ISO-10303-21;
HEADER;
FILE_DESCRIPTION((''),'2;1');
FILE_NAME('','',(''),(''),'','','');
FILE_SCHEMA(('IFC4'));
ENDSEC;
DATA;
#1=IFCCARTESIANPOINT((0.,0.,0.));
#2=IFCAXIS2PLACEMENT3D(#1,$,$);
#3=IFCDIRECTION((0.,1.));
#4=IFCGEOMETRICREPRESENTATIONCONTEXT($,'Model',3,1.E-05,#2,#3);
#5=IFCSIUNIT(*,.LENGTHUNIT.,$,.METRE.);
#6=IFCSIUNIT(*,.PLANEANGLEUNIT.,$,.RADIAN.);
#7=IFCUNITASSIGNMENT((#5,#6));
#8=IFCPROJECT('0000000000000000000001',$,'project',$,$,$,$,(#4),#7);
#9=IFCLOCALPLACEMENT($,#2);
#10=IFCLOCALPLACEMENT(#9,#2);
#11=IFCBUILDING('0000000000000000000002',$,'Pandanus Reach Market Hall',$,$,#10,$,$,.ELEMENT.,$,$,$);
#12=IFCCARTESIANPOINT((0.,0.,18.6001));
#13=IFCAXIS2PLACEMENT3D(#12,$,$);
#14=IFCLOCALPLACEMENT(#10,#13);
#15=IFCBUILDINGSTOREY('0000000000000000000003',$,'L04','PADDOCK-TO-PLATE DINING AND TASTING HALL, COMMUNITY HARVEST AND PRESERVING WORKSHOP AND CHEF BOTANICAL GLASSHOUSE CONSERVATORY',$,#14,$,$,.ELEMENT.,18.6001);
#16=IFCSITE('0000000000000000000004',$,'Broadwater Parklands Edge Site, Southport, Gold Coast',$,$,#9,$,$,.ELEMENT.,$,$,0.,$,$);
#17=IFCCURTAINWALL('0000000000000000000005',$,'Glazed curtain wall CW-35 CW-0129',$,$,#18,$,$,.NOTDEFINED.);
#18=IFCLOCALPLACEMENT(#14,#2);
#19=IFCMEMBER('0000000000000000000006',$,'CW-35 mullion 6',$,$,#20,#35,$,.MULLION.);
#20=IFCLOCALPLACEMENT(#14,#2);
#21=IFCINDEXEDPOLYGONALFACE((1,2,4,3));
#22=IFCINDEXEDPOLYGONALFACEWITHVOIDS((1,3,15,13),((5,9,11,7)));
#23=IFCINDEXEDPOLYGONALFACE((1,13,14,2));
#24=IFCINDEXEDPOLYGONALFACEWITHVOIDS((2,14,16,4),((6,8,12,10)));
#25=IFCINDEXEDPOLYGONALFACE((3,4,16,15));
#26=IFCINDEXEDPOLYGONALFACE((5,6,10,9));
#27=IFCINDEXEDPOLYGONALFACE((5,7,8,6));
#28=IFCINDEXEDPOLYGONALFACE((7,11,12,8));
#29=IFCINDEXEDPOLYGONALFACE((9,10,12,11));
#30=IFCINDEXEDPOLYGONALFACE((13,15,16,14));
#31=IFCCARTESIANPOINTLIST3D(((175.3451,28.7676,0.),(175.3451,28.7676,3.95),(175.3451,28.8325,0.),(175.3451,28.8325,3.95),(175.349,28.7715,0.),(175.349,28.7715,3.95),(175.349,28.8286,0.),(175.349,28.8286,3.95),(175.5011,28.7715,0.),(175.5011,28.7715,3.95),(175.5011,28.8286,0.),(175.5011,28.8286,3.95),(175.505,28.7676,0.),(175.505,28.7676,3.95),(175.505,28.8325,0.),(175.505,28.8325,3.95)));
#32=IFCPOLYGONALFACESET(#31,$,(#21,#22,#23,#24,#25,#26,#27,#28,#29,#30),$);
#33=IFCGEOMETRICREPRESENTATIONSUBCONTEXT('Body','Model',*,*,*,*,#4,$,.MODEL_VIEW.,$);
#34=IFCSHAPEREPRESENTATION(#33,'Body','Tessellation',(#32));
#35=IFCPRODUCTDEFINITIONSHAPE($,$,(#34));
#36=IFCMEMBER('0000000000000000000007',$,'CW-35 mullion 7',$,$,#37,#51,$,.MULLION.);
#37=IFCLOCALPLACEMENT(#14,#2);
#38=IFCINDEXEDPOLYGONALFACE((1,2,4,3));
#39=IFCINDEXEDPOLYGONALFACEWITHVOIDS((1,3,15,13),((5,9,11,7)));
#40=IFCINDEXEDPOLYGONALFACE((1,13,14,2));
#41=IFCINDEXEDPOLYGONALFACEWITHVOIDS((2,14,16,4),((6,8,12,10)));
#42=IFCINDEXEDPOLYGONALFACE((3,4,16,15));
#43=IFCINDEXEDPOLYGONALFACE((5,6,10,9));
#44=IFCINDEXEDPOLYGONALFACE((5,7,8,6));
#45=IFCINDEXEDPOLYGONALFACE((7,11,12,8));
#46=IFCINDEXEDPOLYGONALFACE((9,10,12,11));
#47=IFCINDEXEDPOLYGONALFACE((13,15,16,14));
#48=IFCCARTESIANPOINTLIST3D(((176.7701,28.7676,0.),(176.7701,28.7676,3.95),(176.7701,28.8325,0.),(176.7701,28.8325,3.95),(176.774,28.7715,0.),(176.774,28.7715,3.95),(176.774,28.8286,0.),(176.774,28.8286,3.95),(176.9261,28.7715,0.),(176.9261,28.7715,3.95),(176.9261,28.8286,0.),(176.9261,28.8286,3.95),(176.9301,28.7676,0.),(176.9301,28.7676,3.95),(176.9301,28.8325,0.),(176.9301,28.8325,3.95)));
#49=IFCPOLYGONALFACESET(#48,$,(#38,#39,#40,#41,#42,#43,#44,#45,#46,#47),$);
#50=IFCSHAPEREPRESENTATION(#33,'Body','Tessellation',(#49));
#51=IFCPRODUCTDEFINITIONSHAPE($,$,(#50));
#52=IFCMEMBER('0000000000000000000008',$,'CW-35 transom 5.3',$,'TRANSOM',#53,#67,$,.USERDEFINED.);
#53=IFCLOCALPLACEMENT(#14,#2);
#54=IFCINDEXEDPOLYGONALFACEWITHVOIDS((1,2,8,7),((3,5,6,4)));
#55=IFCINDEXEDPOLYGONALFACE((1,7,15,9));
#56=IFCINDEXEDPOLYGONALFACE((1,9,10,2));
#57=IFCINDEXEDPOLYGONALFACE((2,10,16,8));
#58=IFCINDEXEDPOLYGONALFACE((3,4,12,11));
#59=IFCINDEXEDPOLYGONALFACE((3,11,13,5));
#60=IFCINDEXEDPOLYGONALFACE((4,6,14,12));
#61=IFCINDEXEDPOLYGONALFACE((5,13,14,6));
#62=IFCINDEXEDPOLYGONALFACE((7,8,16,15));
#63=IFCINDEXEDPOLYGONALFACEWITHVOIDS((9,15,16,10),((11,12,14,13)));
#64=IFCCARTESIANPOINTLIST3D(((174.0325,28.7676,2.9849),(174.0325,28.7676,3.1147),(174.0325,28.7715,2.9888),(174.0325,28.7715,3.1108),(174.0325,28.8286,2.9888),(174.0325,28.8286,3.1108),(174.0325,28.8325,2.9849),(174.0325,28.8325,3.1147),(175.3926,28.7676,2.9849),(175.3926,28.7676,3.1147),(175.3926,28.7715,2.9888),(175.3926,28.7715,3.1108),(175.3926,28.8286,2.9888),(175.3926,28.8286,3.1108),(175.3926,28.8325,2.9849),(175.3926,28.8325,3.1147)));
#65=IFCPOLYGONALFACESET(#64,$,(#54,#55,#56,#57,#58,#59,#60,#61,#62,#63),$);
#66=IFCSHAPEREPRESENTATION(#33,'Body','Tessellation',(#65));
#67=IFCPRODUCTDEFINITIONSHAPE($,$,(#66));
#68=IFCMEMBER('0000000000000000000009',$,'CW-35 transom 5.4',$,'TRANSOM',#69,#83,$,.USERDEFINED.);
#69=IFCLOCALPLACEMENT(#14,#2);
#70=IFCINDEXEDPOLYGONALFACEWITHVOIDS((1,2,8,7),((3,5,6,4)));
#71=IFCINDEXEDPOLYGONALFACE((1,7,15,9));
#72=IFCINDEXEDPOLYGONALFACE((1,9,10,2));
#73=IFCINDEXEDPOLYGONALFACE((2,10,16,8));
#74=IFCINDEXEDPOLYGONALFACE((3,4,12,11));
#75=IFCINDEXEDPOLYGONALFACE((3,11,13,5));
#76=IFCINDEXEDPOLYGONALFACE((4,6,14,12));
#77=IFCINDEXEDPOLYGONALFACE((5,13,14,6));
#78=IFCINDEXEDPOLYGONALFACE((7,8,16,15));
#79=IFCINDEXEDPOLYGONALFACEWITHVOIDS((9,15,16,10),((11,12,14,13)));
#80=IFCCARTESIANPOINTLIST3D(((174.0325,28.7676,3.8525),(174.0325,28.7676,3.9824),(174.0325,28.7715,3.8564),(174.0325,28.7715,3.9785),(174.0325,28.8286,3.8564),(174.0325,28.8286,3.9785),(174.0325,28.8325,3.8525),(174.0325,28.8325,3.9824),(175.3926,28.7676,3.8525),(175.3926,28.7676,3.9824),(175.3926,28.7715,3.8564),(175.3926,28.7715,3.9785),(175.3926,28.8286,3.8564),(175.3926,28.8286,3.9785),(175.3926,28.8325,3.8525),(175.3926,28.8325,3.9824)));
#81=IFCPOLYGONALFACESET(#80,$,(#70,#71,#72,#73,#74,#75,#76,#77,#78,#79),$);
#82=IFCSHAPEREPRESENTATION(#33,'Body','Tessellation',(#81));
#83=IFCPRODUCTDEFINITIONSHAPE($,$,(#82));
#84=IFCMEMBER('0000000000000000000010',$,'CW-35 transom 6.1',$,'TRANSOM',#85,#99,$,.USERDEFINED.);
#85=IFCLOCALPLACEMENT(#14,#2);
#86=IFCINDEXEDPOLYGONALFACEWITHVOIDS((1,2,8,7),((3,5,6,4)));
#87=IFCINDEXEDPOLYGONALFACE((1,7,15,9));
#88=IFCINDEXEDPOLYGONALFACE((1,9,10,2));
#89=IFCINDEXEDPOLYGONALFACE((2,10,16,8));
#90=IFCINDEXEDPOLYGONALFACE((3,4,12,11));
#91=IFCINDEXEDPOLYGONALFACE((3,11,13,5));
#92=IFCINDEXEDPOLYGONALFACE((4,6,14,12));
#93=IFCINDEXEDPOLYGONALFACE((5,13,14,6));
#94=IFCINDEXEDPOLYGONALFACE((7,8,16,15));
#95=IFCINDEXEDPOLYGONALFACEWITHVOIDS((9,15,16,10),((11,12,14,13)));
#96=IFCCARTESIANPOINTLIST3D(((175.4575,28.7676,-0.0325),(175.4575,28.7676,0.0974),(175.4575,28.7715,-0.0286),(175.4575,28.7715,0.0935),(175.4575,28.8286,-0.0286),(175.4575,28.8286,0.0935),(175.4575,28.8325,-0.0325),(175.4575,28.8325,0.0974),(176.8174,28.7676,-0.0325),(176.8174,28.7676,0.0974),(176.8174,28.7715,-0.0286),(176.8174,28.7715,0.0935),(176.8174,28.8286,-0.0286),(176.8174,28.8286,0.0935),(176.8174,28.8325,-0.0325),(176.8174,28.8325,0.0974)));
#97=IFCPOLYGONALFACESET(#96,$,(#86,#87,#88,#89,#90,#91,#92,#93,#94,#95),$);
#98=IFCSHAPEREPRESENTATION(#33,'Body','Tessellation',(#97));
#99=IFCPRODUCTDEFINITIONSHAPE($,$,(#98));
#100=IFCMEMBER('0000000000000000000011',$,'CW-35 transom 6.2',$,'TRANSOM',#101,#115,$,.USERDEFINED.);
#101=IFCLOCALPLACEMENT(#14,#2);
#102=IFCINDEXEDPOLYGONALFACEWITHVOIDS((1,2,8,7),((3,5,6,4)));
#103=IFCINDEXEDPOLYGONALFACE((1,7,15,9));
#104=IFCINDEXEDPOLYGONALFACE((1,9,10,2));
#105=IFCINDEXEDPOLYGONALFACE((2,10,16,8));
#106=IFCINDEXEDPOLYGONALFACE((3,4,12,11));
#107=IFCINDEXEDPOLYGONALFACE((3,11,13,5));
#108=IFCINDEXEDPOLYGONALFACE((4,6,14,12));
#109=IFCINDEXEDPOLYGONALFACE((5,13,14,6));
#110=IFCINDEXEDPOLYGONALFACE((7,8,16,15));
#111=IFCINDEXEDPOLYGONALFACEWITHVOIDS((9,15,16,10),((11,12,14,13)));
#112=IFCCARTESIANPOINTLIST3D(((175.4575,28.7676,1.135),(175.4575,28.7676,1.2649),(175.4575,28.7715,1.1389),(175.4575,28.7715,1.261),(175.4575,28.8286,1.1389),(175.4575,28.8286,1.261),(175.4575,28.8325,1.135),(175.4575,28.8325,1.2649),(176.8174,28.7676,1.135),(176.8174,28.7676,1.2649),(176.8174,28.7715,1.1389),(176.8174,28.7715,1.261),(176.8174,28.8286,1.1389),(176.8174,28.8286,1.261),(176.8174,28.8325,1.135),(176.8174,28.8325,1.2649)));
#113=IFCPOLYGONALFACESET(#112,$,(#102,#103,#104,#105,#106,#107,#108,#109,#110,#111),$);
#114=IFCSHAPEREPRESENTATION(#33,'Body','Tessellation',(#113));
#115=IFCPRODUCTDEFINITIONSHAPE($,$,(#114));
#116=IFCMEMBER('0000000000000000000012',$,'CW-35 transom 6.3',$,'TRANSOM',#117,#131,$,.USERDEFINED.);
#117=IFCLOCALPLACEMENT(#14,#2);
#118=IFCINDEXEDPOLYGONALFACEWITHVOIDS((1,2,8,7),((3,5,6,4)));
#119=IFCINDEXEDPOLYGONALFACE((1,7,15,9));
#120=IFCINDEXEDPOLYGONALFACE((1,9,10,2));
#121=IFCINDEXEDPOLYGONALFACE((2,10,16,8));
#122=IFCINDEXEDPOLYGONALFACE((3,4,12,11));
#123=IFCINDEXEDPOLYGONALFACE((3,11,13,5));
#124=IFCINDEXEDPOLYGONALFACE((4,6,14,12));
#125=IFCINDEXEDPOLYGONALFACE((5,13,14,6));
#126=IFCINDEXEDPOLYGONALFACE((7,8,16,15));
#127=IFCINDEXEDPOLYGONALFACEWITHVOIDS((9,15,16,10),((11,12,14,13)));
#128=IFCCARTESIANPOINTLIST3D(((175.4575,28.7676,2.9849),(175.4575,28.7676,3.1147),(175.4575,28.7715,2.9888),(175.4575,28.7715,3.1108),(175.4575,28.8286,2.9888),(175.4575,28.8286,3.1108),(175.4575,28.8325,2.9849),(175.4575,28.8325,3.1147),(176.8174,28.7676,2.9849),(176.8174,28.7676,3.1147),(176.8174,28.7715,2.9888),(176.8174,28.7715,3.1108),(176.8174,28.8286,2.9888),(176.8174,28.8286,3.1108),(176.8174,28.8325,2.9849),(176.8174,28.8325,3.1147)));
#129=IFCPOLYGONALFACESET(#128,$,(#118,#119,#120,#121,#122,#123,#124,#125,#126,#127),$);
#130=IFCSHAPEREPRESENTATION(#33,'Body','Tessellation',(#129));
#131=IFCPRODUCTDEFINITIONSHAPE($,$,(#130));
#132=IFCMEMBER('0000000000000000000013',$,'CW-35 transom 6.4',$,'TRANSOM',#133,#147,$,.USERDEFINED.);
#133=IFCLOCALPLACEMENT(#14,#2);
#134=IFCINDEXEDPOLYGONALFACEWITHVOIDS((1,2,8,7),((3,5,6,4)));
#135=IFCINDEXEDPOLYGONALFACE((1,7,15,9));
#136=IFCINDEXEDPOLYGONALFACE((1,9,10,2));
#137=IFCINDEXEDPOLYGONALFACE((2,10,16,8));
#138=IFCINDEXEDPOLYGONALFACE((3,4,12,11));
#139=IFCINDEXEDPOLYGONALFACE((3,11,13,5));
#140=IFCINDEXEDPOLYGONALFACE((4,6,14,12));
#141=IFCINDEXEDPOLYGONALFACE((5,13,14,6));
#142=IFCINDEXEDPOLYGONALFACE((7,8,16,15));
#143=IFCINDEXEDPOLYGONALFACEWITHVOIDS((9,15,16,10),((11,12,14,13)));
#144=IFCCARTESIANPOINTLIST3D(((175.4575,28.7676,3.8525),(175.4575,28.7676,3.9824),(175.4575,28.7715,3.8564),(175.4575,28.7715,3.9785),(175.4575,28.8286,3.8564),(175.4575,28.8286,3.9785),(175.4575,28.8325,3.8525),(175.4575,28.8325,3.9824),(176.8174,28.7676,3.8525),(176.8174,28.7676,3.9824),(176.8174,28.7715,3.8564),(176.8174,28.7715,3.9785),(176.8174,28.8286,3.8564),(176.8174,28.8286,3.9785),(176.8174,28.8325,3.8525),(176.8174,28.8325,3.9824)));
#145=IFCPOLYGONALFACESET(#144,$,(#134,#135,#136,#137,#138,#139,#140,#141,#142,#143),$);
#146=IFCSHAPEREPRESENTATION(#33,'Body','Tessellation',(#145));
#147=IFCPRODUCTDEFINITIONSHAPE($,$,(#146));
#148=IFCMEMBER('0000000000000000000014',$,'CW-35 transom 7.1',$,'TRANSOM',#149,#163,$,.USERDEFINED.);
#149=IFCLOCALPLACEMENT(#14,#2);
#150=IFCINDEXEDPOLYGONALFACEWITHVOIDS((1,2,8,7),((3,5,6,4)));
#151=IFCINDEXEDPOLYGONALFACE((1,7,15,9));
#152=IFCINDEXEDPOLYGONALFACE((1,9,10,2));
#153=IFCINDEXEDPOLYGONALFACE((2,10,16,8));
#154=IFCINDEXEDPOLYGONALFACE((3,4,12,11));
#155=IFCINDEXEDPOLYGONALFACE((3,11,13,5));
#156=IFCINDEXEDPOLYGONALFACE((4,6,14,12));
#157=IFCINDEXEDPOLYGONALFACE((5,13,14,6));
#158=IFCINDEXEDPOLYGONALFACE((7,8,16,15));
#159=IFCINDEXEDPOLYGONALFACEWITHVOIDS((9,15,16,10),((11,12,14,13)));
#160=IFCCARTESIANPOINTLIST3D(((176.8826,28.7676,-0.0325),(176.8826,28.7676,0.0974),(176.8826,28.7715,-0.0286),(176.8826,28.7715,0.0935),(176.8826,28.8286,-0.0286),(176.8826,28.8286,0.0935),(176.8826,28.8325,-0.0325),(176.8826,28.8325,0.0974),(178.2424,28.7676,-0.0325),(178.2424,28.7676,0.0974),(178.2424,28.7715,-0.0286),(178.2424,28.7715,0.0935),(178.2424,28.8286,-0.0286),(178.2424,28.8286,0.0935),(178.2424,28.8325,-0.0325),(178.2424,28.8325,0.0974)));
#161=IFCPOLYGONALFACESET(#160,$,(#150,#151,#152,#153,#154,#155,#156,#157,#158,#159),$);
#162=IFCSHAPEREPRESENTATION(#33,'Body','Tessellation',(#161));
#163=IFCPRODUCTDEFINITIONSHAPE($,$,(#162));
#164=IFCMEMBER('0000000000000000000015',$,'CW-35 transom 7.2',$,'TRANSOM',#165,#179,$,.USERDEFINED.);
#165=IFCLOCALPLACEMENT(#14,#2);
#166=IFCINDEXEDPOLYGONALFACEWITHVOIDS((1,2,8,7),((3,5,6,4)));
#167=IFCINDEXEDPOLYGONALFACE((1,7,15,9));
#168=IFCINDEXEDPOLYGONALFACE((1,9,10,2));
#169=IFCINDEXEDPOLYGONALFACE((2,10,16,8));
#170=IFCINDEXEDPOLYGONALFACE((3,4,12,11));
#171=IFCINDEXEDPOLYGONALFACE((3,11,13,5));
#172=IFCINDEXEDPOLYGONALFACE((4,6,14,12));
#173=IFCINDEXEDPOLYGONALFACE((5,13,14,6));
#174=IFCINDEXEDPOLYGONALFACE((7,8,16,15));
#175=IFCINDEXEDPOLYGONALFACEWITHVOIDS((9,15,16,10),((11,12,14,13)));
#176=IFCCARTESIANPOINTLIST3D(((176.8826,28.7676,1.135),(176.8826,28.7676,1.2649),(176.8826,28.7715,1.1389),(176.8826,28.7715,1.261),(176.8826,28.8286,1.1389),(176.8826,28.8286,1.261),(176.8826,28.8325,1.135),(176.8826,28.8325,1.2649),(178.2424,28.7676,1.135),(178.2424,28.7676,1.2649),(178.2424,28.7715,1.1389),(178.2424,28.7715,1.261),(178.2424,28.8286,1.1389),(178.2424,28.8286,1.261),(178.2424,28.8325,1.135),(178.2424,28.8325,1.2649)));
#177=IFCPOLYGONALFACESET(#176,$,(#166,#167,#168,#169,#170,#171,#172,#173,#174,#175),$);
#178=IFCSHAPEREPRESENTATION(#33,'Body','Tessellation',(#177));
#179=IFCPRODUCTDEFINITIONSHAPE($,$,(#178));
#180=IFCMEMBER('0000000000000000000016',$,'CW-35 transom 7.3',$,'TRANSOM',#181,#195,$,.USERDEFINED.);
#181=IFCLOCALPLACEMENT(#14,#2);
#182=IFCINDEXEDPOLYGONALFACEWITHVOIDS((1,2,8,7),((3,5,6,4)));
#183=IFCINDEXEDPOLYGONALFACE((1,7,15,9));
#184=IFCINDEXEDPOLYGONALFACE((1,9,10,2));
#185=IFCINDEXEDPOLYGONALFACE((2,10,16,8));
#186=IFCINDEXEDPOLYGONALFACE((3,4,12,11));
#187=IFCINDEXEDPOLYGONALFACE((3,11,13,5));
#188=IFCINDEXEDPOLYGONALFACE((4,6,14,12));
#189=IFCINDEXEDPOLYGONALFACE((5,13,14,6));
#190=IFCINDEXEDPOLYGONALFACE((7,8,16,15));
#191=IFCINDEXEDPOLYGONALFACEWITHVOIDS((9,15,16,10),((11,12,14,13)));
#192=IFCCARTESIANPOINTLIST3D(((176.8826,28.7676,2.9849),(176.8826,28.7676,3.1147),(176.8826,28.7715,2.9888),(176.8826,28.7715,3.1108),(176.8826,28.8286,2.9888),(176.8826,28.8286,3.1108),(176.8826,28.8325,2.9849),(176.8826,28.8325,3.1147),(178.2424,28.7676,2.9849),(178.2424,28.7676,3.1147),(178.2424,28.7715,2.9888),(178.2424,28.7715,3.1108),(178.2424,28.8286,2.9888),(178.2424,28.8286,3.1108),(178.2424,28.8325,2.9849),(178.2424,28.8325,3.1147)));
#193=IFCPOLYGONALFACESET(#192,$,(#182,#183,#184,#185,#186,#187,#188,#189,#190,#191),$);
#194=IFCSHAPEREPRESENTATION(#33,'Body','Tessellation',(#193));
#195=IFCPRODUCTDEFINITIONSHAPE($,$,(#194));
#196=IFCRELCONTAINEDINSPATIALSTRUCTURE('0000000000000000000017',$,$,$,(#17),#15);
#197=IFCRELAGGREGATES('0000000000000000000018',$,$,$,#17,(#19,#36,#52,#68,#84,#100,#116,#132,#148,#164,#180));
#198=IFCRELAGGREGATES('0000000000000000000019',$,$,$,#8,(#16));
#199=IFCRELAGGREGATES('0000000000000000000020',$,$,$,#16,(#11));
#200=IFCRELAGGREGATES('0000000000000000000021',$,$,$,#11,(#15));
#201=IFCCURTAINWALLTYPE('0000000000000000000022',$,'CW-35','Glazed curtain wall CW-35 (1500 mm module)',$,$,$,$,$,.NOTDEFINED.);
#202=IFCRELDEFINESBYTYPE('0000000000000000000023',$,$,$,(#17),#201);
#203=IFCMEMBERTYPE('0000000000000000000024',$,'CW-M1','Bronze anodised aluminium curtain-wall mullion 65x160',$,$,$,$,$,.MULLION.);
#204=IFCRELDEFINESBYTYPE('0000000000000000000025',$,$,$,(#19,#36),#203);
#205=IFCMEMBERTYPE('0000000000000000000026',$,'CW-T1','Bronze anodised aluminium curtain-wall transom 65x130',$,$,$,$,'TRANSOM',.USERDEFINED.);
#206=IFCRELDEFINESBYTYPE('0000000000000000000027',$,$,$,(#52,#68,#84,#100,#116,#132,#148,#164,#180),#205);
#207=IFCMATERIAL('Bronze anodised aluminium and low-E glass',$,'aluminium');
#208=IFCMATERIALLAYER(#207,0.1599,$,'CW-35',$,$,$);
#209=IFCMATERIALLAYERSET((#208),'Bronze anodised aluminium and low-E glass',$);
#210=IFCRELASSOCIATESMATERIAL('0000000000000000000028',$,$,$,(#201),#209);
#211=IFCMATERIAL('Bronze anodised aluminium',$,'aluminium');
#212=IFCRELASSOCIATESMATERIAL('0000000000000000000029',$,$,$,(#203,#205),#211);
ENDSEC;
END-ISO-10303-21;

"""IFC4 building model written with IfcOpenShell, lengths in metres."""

from ifc_helpers import new_model, si_unit, direction, frame, origin, origin_2d, place, context, subcontext, project, spatial, hollow_rectangle, extrude, material, layer, layer_set, material_profile, profile_set, type_object, element, aggregate, save


model = new_model("IFC4")

# Units and contexts
model_context = context("Model", 3, precision=1e-05, world=origin(), true_north=direction((0.0, 1.0)))
body_context = subcontext(model_context, "Body", "Model", "MODEL_VIEW")
ifc_project = project(units=[si_unit("LENGTHUNIT", "METRE"), si_unit("PLANEANGLEUNIT", "RADIAN")], contexts=[model_context])

# Site, building, storey
site_placement = place(None, origin())
site = spatial("IfcSite", under=ifc_project, at=site_placement, Name="Broadwater Parklands Edge Site, Southport, Gold Coast", CompositionType="ELEMENT", RefElevation=0.0)
building_placement = place(site_placement, origin())
building = spatial("IfcBuilding", under=site, at=building_placement, Name="Pandanus Reach Market Hall", CompositionType="ELEMENT")
storey_placement = place(building_placement, frame((0.0, 0.0, 18.6001)))
storey = spatial("IfcBuildingStorey", under=building, at=storey_placement, Name="L04", Description="PADDOCK-TO-PLATE DINING AND TASTING HALL, COMMUNITY HARVEST AND PRESERVING WORKSHOP AND CHEF BOTANICAL GLASSHOUSE CONSERVATORY", CompositionType="ELEMENT", Elevation=18.6001)

# Curtain wall, members
ifc_material_1 = material(Name="Bronze anodised aluminium and low-E glass", Category="aluminium")
ifc_layer_1 = layer(ifc_material_1, 0.1599, Name="CW-35")
ifc_layer_set_1 = layer_set([ifc_layer_1], Name="Bronze anodised aluminium and low-E glass")
curtain_wall_type = type_object("IfcCurtainWallType", Name="CW-35", Description="Glazed curtain wall CW-35 (1500 mm module)", PredefinedType="NOTDEFINED", material=ifc_layer_set_1)
curtain_wall_placement = place(storey_placement, origin())
curtain_wall = element("IfcCurtainWall", 1, at=curtain_wall_placement, inside=storey, type_object=curtain_wall_type, Name="Glazed curtain wall CW-35 CW-0129", PredefinedType="NOTDEFINED")
ifc_material_2 = material(Name="Bronze anodised aluminium", Category="aluminium")
ifc_material_profile_1 = material_profile(ifc_material_2, hollow_rectangle(XDim=0.0649, YDim=0.1599, WallThickness=0.0039, at=origin_2d()), Name="ALU65x160", Category="LoadBearing")
ifc_profile_set_1 = profile_set([ifc_material_profile_1], Name="Bronze anodised aluminium")
member_type_1 = type_object("IfcMemberType", Name="CW-M1", Description="Bronze anodised aluminium curtain-wall mullion 65x160", PredefinedType="MULLION", material=ifc_profile_set_1)
member_1_placement = place(storey_placement, frame((175.425, 28.8, 0.0), z_axis=(0.0, 0.0, 1.0), x_axis=(0.0, 1.0, 0.0)))
member_1 = element("IfcMember", 2, at=member_1_placement, type_object=member_type_1, Name="CW-35 mullion 6", PredefinedType="MULLION", context=body_context, shape_type="SweptSolid", body=[
    extrude(hollow_rectangle(XDim=0.0649, YDim=0.1599, WallThickness=0.0039, at=origin_2d()), origin(), (0.0, 0.0, 1.0), 3.95),
])
member_2_placement = place(storey_placement, frame((176.8501, 28.8, 0.0), z_axis=(0.0, 0.0, 1.0), x_axis=(0.0, 1.0, 0.0)))
member_2 = element("IfcMember", 3, at=member_2_placement, type_object=member_type_1, Name="CW-35 mullion 7", PredefinedType="MULLION", context=body_context, shape_type="SweptSolid", body=[
    extrude(hollow_rectangle(XDim=0.0649, YDim=0.1599, WallThickness=0.0039, at=origin_2d()), origin(), (0.0, 0.0, 1.0), 3.95),
])
ifc_material_profile_2 = material_profile(ifc_material_2, hollow_rectangle(XDim=0.0649, YDim=0.1299, WallThickness=0.0039, at=origin_2d()), Name="ALU65x130", Category="LoadBearing")
ifc_profile_set_2 = profile_set([ifc_material_profile_2], Name="Bronze anodised aluminium")
member_type_2 = type_object("IfcMemberType", Name="CW-T1", Description="Bronze anodised aluminium curtain-wall transom 65x130", ElementType="TRANSOM", PredefinedType="USERDEFINED", material=ifc_profile_set_2)
member_3_placement = place(storey_placement, frame((174.0325, 28.8, 3.0498), z_axis=(1.0, 0.0, 0.0), x_axis=(0.0, 1.0, 0.0)))
member_3 = element("IfcMember", 4, at=member_3_placement, type_object=member_type_2, Name="CW-35 transom 5.3", ObjectType="TRANSOM", PredefinedType="USERDEFINED", context=body_context, shape_type="SweptSolid", body=[
    extrude(hollow_rectangle(XDim=0.0649, YDim=0.1299, WallThickness=0.0039, at=origin_2d()), origin(), (0.0, 0.0, 1.0), 1.3601),
])
member_4_placement = place(storey_placement, frame((174.0325, 28.8, 3.9175), z_axis=(1.0, 0.0, 0.0), x_axis=(0.0, 1.0, 0.0)))
member_4 = element("IfcMember", 5, at=member_4_placement, type_object=member_type_2, Name="CW-35 transom 5.4", ObjectType="TRANSOM", PredefinedType="USERDEFINED", context=body_context, shape_type="SweptSolid", body=[
    extrude(hollow_rectangle(XDim=0.0649, YDim=0.1299, WallThickness=0.0039, at=origin_2d()), origin(), (0.0, 0.0, 1.0), 1.3601),
])
member_5_placement = place(storey_placement, frame((175.4575, 28.8, 0.0325), z_axis=(1.0, 0.0, 0.0), x_axis=(0.0, 1.0, 0.0)))
member_5 = element("IfcMember", 6, at=member_5_placement, type_object=member_type_2, Name="CW-35 transom 6.1", ObjectType="TRANSOM", PredefinedType="USERDEFINED", context=body_context, shape_type="SweptSolid", body=[
    extrude(hollow_rectangle(XDim=0.0649, YDim=0.1299, WallThickness=0.0039, at=origin_2d()), origin(), (0.0, 0.0, 1.0), 1.3599),
])
member_6_placement = place(storey_placement, frame((175.4575, 28.8, 1.2), z_axis=(1.0, 0.0, 0.0), x_axis=(0.0, 1.0, 0.0)))
member_6 = element("IfcMember", 7, at=member_6_placement, type_object=member_type_2, Name="CW-35 transom 6.2", ObjectType="TRANSOM", PredefinedType="USERDEFINED", context=body_context, shape_type="SweptSolid", body=[
    extrude(hollow_rectangle(XDim=0.0649, YDim=0.1299, WallThickness=0.0039, at=origin_2d()), origin(), (0.0, 0.0, 1.0), 1.3599),
])
member_7_placement = place(storey_placement, frame((175.4575, 28.8, 3.0498), z_axis=(1.0, 0.0, 0.0), x_axis=(0.0, 1.0, 0.0)))
member_7 = element("IfcMember", 8, at=member_7_placement, type_object=member_type_2, Name="CW-35 transom 6.3", ObjectType="TRANSOM", PredefinedType="USERDEFINED", context=body_context, shape_type="SweptSolid", body=[
    extrude(hollow_rectangle(XDim=0.0649, YDim=0.1299, WallThickness=0.0039, at=origin_2d()), origin(), (0.0, 0.0, 1.0), 1.3599),
])
member_8_placement = place(storey_placement, frame((175.4575, 28.8, 3.9175), z_axis=(1.0, 0.0, 0.0), x_axis=(0.0, 1.0, 0.0)))
member_8 = element("IfcMember", 9, at=member_8_placement, type_object=member_type_2, Name="CW-35 transom 6.4", ObjectType="TRANSOM", PredefinedType="USERDEFINED", context=body_context, shape_type="SweptSolid", body=[
    extrude(hollow_rectangle(XDim=0.0649, YDim=0.1299, WallThickness=0.0039, at=origin_2d()), origin(), (0.0, 0.0, 1.0), 1.3599),
])
member_9_placement = place(storey_placement, frame((176.8826, 28.8, 0.0325), z_axis=(1.0, 0.0, 0.0), x_axis=(0.0, 1.0, 0.0)))
member_9 = element("IfcMember", 10, at=member_9_placement, type_object=member_type_2, Name="CW-35 transom 7.1", ObjectType="TRANSOM", PredefinedType="USERDEFINED", context=body_context, shape_type="SweptSolid", body=[
    extrude(hollow_rectangle(XDim=0.0649, YDim=0.1299, WallThickness=0.0039, at=origin_2d()), origin(), (0.0, 0.0, 1.0), 1.3599),
])
member_10_placement = place(storey_placement, frame((176.8826, 28.8, 1.2), z_axis=(1.0, 0.0, 0.0), x_axis=(0.0, 1.0, 0.0)))
member_10 = element("IfcMember", 11, at=member_10_placement, type_object=member_type_2, Name="CW-35 transom 7.2", ObjectType="TRANSOM", PredefinedType="USERDEFINED", context=body_context, shape_type="SweptSolid", body=[
    extrude(hollow_rectangle(XDim=0.0649, YDim=0.1299, WallThickness=0.0039, at=origin_2d()), origin(), (0.0, 0.0, 1.0), 1.3599),
])
member_11_placement = place(storey_placement, frame((176.8826, 28.8, 3.0498), z_axis=(1.0, 0.0, 0.0), x_axis=(0.0, 1.0, 0.0)))
member_11 = element("IfcMember", 12, at=member_11_placement, type_object=member_type_2, Name="CW-35 transom 7.3", ObjectType="TRANSOM", PredefinedType="USERDEFINED", context=body_context, shape_type="SweptSolid", body=[
    extrude(hollow_rectangle(XDim=0.0649, YDim=0.1299, WallThickness=0.0039, at=origin_2d()), origin(), (0.0, 0.0, 1.0), 1.3599),
])
aggregate(curtain_wall, [member_1, member_2, member_3, member_4, member_5, member_6, member_7, member_8, member_9, member_10, member_11])

save(model, "model.ifc")
